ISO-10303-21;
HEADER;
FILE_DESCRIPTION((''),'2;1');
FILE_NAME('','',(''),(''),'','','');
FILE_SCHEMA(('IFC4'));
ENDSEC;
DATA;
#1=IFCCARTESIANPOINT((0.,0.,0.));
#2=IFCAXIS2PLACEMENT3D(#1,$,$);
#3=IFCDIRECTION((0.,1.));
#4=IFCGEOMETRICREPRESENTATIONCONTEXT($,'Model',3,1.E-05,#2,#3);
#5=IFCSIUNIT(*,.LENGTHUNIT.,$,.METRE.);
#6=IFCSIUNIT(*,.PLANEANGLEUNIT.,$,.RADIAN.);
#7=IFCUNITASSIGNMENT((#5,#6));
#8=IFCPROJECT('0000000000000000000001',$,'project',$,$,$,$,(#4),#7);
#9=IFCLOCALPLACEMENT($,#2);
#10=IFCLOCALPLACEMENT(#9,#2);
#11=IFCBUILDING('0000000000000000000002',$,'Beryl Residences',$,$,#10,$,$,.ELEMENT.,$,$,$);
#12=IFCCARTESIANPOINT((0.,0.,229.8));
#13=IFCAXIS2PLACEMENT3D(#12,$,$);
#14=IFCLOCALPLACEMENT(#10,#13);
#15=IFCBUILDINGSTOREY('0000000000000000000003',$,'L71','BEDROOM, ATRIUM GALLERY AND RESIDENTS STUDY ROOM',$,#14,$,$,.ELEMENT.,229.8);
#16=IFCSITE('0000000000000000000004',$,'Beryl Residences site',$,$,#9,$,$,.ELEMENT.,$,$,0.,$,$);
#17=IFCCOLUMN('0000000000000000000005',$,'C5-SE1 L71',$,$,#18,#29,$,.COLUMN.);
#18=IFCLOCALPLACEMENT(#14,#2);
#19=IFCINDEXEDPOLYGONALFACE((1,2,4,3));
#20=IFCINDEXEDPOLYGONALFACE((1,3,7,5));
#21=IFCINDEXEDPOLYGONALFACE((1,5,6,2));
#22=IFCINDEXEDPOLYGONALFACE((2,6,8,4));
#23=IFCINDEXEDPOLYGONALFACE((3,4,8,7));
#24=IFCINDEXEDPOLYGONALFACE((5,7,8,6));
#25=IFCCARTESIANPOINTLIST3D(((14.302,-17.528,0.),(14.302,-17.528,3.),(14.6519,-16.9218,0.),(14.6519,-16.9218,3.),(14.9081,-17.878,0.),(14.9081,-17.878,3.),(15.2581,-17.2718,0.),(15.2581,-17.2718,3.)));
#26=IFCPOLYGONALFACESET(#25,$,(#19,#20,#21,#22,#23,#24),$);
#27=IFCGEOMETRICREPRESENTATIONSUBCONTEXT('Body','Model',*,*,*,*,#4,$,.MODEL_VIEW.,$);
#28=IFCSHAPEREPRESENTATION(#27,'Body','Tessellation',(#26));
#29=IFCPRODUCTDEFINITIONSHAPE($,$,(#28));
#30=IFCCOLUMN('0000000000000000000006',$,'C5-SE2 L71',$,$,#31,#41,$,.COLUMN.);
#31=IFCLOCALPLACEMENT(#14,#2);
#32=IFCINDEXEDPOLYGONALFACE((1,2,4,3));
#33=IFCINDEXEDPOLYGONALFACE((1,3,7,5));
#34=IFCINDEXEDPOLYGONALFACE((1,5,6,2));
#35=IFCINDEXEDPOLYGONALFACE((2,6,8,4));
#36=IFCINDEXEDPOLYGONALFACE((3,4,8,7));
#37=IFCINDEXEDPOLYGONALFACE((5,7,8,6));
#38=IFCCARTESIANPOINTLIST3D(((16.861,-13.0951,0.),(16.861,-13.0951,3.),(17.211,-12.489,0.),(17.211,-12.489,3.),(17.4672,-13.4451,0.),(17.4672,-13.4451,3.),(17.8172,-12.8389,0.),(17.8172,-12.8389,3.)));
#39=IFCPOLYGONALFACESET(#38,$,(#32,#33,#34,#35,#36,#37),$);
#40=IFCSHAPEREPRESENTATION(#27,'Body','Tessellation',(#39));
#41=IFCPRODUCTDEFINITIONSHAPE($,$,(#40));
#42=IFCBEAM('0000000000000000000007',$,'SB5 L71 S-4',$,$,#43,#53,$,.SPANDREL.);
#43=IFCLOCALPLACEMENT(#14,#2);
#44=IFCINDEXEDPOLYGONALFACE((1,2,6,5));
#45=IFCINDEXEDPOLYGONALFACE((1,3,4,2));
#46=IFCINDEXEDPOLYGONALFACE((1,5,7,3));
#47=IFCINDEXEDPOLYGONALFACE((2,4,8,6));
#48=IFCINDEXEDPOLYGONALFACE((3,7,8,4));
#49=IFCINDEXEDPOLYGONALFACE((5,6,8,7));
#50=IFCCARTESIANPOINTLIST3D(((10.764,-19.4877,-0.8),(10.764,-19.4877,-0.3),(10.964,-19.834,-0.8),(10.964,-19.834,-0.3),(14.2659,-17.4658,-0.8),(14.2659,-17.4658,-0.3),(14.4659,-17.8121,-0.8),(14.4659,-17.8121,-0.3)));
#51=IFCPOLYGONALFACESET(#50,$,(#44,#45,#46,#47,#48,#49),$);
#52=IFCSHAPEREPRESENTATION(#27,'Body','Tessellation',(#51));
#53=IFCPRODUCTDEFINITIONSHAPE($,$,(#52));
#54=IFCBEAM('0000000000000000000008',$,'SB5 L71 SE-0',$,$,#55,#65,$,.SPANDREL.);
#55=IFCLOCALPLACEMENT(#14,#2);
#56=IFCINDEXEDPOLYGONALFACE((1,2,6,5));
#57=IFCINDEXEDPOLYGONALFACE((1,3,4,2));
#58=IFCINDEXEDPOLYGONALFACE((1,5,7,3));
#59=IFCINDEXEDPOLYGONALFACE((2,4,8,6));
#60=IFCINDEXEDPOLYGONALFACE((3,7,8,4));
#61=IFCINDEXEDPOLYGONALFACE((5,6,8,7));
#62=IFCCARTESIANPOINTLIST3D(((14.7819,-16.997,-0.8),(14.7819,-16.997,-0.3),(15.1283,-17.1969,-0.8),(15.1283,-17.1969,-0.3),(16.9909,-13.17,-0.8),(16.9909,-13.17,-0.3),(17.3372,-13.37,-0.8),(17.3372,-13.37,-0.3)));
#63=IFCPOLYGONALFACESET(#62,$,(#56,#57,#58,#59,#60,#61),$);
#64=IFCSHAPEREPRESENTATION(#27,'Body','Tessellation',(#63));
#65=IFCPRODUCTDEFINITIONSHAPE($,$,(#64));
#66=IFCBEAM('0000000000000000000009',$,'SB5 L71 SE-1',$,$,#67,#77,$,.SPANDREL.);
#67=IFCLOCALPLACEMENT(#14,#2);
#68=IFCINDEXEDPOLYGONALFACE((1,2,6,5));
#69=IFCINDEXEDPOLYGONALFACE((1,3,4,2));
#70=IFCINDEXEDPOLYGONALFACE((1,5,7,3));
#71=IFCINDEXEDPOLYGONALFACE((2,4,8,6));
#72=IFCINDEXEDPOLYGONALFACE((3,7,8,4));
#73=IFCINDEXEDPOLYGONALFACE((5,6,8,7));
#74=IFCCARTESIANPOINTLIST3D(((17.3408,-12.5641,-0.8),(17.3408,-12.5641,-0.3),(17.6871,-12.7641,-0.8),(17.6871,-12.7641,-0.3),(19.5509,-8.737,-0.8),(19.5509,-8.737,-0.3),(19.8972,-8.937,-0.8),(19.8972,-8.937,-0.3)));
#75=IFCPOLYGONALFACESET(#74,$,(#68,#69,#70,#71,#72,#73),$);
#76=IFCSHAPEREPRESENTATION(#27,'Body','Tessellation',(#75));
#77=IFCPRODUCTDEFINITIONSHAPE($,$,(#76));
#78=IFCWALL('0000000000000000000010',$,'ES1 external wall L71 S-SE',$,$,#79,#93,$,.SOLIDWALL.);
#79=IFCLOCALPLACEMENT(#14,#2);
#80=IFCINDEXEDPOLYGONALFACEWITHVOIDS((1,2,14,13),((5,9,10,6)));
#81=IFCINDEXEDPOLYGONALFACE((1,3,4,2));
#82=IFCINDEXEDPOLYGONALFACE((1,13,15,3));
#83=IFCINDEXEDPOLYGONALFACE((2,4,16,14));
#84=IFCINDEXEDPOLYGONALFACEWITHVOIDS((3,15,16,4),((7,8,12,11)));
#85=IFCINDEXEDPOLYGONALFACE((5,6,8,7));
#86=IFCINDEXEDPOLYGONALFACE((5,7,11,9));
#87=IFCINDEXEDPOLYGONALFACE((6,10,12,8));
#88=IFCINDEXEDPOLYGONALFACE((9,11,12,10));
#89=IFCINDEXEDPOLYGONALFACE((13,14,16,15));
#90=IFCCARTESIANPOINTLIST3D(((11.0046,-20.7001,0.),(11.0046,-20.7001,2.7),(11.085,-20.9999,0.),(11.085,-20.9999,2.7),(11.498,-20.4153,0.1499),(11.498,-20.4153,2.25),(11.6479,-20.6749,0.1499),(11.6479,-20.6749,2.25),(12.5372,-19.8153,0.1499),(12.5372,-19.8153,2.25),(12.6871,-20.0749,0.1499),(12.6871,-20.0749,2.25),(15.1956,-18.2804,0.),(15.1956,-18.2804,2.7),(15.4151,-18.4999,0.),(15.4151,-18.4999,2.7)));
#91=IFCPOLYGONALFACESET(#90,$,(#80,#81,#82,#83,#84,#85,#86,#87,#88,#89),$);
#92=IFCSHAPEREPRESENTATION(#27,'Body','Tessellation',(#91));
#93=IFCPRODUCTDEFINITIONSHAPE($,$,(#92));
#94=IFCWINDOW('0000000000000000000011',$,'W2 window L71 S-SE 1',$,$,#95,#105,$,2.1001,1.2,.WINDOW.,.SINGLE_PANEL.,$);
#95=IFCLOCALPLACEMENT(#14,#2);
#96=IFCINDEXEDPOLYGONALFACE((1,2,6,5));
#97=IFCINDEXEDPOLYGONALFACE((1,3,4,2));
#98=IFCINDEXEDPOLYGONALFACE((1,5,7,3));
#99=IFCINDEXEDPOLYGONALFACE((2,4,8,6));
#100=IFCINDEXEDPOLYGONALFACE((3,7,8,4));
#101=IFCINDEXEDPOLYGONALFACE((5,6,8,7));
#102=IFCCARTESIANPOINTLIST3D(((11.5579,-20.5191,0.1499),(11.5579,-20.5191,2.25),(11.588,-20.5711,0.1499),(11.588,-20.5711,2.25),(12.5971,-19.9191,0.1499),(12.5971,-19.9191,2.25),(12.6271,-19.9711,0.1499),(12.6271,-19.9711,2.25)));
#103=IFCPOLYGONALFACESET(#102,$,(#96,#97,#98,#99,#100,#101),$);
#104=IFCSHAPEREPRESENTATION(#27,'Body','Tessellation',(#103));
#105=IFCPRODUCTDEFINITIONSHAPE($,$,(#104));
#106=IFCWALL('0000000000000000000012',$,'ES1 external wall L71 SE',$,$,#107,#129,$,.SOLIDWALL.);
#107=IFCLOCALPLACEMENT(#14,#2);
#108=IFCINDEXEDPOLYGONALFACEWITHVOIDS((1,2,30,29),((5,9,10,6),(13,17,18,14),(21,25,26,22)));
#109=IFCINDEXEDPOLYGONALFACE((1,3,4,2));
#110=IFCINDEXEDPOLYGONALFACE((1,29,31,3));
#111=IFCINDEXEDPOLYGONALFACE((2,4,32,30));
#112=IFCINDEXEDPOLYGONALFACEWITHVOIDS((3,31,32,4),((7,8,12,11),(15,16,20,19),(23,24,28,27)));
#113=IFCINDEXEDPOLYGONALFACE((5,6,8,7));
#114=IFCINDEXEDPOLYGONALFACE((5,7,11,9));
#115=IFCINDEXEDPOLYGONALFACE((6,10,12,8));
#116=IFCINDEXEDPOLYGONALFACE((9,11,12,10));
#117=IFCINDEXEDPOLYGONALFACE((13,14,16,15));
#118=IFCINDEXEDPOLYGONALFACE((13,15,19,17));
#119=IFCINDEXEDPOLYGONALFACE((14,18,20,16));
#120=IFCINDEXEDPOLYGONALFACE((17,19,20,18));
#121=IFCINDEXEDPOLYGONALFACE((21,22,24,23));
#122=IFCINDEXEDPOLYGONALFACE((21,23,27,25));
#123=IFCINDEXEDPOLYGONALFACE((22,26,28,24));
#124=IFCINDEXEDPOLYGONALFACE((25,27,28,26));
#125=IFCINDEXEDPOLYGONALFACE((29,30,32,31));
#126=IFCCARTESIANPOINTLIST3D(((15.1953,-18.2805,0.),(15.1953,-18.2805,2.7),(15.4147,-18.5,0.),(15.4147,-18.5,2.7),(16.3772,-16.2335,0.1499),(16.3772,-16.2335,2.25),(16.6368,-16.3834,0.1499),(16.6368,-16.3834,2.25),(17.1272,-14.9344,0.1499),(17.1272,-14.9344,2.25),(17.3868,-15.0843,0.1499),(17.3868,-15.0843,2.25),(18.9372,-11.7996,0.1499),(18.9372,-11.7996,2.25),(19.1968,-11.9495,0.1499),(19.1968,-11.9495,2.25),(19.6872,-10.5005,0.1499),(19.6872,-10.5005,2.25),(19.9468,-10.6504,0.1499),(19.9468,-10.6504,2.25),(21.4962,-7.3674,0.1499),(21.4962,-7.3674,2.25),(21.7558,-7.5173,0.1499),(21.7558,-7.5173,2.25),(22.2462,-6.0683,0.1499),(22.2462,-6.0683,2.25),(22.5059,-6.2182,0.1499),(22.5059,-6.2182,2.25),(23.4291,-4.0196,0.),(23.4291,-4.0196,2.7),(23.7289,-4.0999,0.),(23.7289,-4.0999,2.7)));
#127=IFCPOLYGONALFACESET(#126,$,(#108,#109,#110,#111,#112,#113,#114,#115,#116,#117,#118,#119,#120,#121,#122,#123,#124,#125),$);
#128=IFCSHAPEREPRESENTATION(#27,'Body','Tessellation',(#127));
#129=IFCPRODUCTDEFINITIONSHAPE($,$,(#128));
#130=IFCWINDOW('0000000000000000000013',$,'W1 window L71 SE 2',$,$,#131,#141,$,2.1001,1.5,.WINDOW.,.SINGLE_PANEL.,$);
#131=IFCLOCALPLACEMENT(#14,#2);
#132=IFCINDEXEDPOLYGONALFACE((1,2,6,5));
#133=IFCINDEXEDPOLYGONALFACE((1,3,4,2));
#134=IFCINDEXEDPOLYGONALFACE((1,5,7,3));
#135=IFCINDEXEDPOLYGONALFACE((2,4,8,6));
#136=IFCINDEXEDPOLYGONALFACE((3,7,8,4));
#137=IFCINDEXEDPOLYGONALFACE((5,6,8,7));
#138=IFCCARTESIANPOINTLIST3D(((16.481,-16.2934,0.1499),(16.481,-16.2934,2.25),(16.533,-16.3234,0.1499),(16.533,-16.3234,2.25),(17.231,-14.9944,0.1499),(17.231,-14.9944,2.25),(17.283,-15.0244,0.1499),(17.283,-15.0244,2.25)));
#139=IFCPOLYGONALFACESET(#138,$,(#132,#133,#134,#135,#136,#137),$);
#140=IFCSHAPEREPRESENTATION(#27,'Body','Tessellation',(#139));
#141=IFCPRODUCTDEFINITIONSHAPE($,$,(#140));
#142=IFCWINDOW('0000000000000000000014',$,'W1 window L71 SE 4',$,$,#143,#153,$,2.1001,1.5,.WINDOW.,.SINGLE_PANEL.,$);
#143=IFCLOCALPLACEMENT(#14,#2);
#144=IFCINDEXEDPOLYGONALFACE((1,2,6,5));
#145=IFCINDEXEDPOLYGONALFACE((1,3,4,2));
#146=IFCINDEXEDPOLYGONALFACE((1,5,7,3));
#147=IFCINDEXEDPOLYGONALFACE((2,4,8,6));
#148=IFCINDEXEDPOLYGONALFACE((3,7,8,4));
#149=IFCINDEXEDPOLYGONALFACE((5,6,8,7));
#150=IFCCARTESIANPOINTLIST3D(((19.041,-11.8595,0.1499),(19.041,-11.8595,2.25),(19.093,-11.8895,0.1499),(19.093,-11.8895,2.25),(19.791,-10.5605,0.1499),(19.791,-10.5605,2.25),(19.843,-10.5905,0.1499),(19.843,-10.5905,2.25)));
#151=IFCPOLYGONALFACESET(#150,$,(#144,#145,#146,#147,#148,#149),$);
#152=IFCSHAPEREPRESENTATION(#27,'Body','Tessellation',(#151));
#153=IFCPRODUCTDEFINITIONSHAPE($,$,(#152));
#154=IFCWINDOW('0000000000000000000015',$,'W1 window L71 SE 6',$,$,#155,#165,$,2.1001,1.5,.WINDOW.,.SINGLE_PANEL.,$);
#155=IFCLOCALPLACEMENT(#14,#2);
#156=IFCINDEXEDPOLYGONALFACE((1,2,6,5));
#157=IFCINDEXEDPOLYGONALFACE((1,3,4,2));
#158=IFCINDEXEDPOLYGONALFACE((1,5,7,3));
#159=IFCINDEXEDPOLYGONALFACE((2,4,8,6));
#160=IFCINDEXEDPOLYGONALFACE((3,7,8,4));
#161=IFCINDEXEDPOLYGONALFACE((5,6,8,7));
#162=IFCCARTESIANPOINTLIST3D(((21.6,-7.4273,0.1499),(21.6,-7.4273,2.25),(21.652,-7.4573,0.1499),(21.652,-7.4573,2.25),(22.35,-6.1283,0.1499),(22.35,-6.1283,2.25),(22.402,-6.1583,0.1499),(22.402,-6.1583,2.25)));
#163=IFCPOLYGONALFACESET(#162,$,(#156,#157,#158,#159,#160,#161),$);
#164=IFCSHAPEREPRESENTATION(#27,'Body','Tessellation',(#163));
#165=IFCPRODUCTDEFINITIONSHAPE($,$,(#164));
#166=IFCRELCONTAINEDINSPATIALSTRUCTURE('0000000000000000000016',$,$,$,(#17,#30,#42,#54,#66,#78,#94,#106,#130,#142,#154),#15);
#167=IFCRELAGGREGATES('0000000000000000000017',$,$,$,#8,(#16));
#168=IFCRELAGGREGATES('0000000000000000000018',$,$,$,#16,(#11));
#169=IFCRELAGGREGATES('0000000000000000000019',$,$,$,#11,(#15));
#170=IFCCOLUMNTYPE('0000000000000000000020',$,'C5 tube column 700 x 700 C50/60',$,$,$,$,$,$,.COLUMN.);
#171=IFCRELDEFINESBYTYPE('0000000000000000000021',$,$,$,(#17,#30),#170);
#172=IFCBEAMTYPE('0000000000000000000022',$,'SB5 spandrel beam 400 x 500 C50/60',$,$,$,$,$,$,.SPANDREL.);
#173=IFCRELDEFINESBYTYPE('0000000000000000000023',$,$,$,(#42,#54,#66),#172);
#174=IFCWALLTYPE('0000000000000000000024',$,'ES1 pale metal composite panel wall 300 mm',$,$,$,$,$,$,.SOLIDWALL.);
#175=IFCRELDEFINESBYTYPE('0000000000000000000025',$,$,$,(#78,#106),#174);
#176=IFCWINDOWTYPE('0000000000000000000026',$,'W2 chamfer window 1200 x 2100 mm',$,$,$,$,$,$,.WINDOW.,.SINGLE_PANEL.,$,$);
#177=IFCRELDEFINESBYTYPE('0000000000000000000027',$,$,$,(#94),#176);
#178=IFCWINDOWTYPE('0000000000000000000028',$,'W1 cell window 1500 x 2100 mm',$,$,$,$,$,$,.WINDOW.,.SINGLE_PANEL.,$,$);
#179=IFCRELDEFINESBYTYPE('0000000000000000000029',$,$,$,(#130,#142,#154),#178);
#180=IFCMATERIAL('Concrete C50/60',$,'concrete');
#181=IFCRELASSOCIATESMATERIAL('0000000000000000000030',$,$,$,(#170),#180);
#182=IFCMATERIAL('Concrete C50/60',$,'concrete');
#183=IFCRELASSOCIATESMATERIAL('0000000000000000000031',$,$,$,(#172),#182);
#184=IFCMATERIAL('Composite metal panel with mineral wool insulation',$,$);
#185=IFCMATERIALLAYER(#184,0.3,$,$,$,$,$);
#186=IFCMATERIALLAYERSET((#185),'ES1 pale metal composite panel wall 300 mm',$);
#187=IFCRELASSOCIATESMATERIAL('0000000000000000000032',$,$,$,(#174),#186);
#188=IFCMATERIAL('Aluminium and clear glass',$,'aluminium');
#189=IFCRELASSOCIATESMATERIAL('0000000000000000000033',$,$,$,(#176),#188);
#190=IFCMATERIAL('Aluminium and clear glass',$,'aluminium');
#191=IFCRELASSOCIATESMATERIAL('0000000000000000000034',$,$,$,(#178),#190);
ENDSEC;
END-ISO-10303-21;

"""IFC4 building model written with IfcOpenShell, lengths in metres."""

from ifc_helpers import new_model, si_unit, direction, frame, frame_2d, origin, origin_2d, place, context, subcontext, project, spatial, polyline, rectangle, outline, extrude, material, layer, layer_set, material_profile, profile_set, type_object, element, fill, save


model = new_model("IFC4")

# Units and contexts
model_context = context("Model", 3, precision=1e-05, world=origin(), true_north=direction((0.0, 1.0)))
body_context = subcontext(model_context, "Body", "Model", "MODEL_VIEW")
ifc_project = project(units=[si_unit("LENGTHUNIT", "METRE"), si_unit("PLANEANGLEUNIT", "RADIAN")], contexts=[model_context])

# Site, building, storey
site_placement = place(None, origin())
site = spatial("IfcSite", under=ifc_project, at=site_placement, Name="Beryl Residences site", CompositionType="ELEMENT", RefElevation=0.0)
building_placement = place(site_placement, origin())
building = spatial("IfcBuilding", under=site, at=building_placement, Name="Beryl Residences", CompositionType="ELEMENT")
storey_placement = place(building_placement, frame((0.0, 0.0, 229.8)))
storey = spatial("IfcBuildingStorey", under=building, at=storey_placement, Name="L71", Description="BEDROOM, ATRIUM GALLERY AND RESIDENTS STUDY ROOM", CompositionType="ELEMENT", Elevation=229.8)

# Columns
ifc_material_1 = material(Name="Concrete C50/60", Category="concrete")
ifc_material_profile_1 = material_profile(ifc_material_1, rectangle(XDim=0.7, YDim=0.7, at=origin_2d()))
ifc_profile_set_1 = profile_set([ifc_material_profile_1], Name="Concrete C50/60")
column_type = type_object("IfcColumnType", Name="C5 tube column 700 x 700 C50/60", PredefinedType="COLUMN", material=ifc_profile_set_1)
for number, where, z_axis, x_axis, name in (
    (1, (14.78, -17.3999, 0.0), (0.0, 0.0, 1.0), (0.499985, 0.866034, 0.0), "C5-SE1 L71"),
    (2, (17.3391, -12.967, 0.0), (0.0, 0.0, 1.0), (0.499985, 0.866034, 0.0), "C5-SE2 L71"),
):
    element("IfcColumn", number, at=place(storey_placement, frame(where, z_axis=z_axis, x_axis=x_axis)), inside=storey, type_object=column_type, Name=name, PredefinedType="COLUMN", context=body_context, shape_type="SweptSolid", body=[
        extrude(rectangle(XDim=0.7, YDim=0.7, at=origin_2d()), origin(), (0.0, 0.0, 1.0), 3.0),
    ])

# Beams
ifc_material_2 = material(Name="Concrete C50/60", Category="concrete")
ifc_material_profile_2 = material_profile(ifc_material_2, rectangle(XDim=0.3999, YDim=0.5, at=origin_2d()))
ifc_profile_set_2 = profile_set([ifc_material_profile_2], Name="Concrete C50/60")
beam_type = type_object("IfcBeamType", Name="SB5 spandrel beam 400 x 500 C50/60", PredefinedType="SPANDREL", material=ifc_profile_set_2)
beam_1_placement = place(storey_placement, frame((10.864, -19.6609, -0.55), z_axis=(0.866013, 0.500022, 0.0), x_axis=(-0.500022, 0.866013, 0.0)))
element("IfcBeam", 3, at=beam_1_placement, inside=storey, type_object=beam_type, Name="SB5 L71 S-4", PredefinedType="SPANDREL", context=body_context, shape_type="SweptSolid", body=[
    extrude(rectangle(XDim=0.3999, YDim=0.5, at=origin_2d()), origin(), (0.0, 0.0, 1.0), 4.0437),
])
beam_2_placement = place(storey_placement, frame((14.9551, -17.0969, -0.55), z_axis=(0.499919, 0.866072, 0.0), x_axis=(-0.866072, 0.499919, 0.0)))
element("IfcBeam", 4, at=beam_2_placement, inside=storey, type_object=beam_type, Name="SB5 L71 SE-0", PredefinedType="SPANDREL", context=body_context, shape_type="SweptSolid", body=[
    extrude(rectangle(XDim=0.3999, YDim=0.5, at=origin_2d()), origin(), (0.0, 0.0, 1.0), 4.4187),
])
beam_3_placement = place(storey_placement, frame((17.5139, -12.6641, -0.55), z_axis=(0.500102, 0.865967, 0.0), x_axis=(-0.865967, 0.500102, 0.0)))
element("IfcBeam", 5, at=beam_3_placement, inside=storey, type_object=beam_type, Name="SB5 L71 SE-1", PredefinedType="SPANDREL", context=body_context, shape_type="SweptSolid", body=[
    extrude(rectangle(XDim=0.3999, YDim=0.5, at=origin_2d()), origin(), (0.0, 0.0, 1.0), 4.4194),
])

# Wall, opening, window
ifc_material_3 = material(Name="Composite metal panel with mineral wool insulation")
ifc_layer_1 = layer(ifc_material_3, 0.3)
ifc_layer_set_1 = layer_set([ifc_layer_1], Name="ES1 pale metal composite panel wall 300 mm")
wall_type_1 = type_object("IfcWallType", Name="ES1 pale metal composite panel wall 300 mm", PredefinedType="SOLIDWALL", material=ifc_layer_set_1)
wall_1_placement = place(storey_placement, frame((11.01, -20.8701, 0.0), z_axis=(0.0, 0.0, 1.0), x_axis=(0.866023, 0.500004, 0.0)))
wall_1 = element("IfcWall", 6, at=wall_1_placement, inside=storey, type_object=wall_type_1, Name="ES1 external wall L71 S-SE", PredefinedType="SOLIDWALL", context=body_context, shape_type="SweptSolid", body=[
    extrude(outline(polyline([(0.0, -0.1499), (5.0, -0.1499), (4.9197, 0.1499), (0.0803, 0.1499), (0.0, -0.1499)])), origin(), (0.0, 0.0, 1.0), 2.7),
])
opening_1_placement = place(wall_1_placement, frame((0.6499, 0.0, 0.1499)))
opening_1 = element("IfcOpeningElement", 7, at=opening_1_placement, cuts=wall_1, PredefinedType="OPENING", context=body_context, shape_type="SweptSolid", body=[
    extrude(rectangle(XDim=1.2, YDim=2.1001, at=frame_2d((0.6001, 1.05))), frame((0.0, 0.1599, 0.0), z_axis=(0.0, -1.0, 0.0), x_axis=(1.0, 0.0, 0.0)), (0.0, 0.0, 1.0), 0.3201),
])
ifc_material_4 = material(Name="Aluminium and clear glass", Category="aluminium")
window_type_1 = type_object("IfcWindowType", Name="W2 chamfer window 1200 x 2100 mm", PartitioningType="SINGLE_PANEL", PredefinedType="WINDOW", material=ifc_material_4)
window_1_placement = place(opening_1_placement, origin())
window_1 = element("IfcWindow", 8, at=window_1_placement, inside=storey, type_object=window_type_1, Name="W2 window L71 S-SE 1", OverallHeight=2.1001, OverallWidth=1.2, PartitioningType="SINGLE_PANEL", PredefinedType="WINDOW", context=body_context, shape_type="SweptSolid", body=[
    extrude(rectangle(XDim=1.2, YDim=2.1001, at=frame_2d((0.6001, 1.05))), frame((0.0, 0.03, 0.0), z_axis=(0.0, -1.0, 0.0), x_axis=(1.0, 0.0, 0.0)), (0.0, 0.0, 1.0), 0.0601),
])
fill(opening_1, window_1)

# Wall, openings, windows
wall_2_placement = place(storey_placement, frame((15.2849, -18.425, 0.0), z_axis=(0.0, 0.0, 1.0), x_axis=(0.500013, 0.866018, 0.0)))
wall_2 = element("IfcWall", 9, at=wall_2_placement, inside=storey, type_object=wall_type_1, Name="ES1 external wall L71 SE", PredefinedType="SOLIDWALL", context=body_context, shape_type="SweptSolid", body=[
    extrude(outline(polyline([(0.0, -0.1499), (16.6279, -0.1499), (16.5476, 0.1499), (0.0803, 0.1499), (0.0, -0.1499)])), origin(), (0.0, 0.0, 1.0), 2.7),
])
opening_2_placement = place(wall_2_placement, frame((2.4441, 0.0, 0.1499)))
opening_2 = element("IfcOpeningElement", 10, at=opening_2_placement, cuts=wall_2, PredefinedType="OPENING", context=body_context, shape_type="SweptSolid", body=[
    extrude(rectangle(XDim=1.5, YDim=2.1001, at=frame_2d((0.75, 1.05))), frame((0.0, 0.1599, 0.0), z_axis=(0.0, -1.0, 0.0), x_axis=(1.0, 0.0, 0.0)), (0.0, 0.0, 1.0), 0.3201),
])
opening_3_placement = place(wall_2_placement, frame((7.564, 0.0, 0.1499)))
opening_3 = element("IfcOpeningElement", 11, at=opening_3_placement, cuts=wall_2, PredefinedType="OPENING", context=body_context, shape_type="SweptSolid", body=[
    extrude(rectangle(XDim=1.5, YDim=2.1001, at=frame_2d((0.75, 1.05))), frame((0.0, 0.1599, 0.0), z_axis=(0.0, -1.0, 0.0), x_axis=(1.0, 0.0, 0.0)), (0.0, 0.0, 1.0), 0.3201),
])
opening_4_placement = place(wall_2_placement, frame((12.6819, 0.0, 0.1499)))
opening_4 = element("IfcOpeningElement", 12, at=opening_4_placement, cuts=wall_2, PredefinedType="OPENING", context=body_context, shape_type="SweptSolid", body=[
    extrude(rectangle(XDim=1.5, YDim=2.1001, at=frame_2d((0.75, 1.05))), frame((0.0, 0.1599, 0.0), z_axis=(0.0, -1.0, 0.0), x_axis=(1.0, 0.0, 0.0)), (0.0, 0.0, 1.0), 0.3201),
])
ifc_material_5 = material(Name="Aluminium and clear glass", Category="aluminium")
window_type_2 = type_object("IfcWindowType", Name="W1 cell window 1500 x 2100 mm", PartitioningType="SINGLE_PANEL", PredefinedType="WINDOW", material=ifc_material_5)
window_2_placement = place(opening_2_placement, origin())
window_2 = element("IfcWindow", 13, at=window_2_placement, inside=storey, type_object=window_type_2, Name="W1 window L71 SE 2", OverallHeight=2.1001, OverallWidth=1.5, PartitioningType="SINGLE_PANEL", PredefinedType="WINDOW", context=body_context, shape_type="SweptSolid", body=[
    extrude(rectangle(XDim=1.5, YDim=2.1001, at=frame_2d((0.75, 1.05))), frame((0.0, 0.03, 0.0), z_axis=(0.0, -1.0, 0.0), x_axis=(1.0, 0.0, 0.0)), (0.0, 0.0, 1.0), 0.0601),
])
fill(opening_2, window_2)
window_3_placement = place(opening_3_placement, origin())
window_3 = element("IfcWindow", 14, at=window_3_placement, inside=storey, type_object=window_type_2, Name="W1 window L71 SE 4", OverallHeight=2.1001, OverallWidth=1.5, PartitioningType="SINGLE_PANEL", PredefinedType="WINDOW", context=body_context, shape_type="SweptSolid", body=[
    extrude(rectangle(XDim=1.5, YDim=2.1001, at=frame_2d((0.75, 1.05))), frame((0.0, 0.03, 0.0), z_axis=(0.0, -1.0, 0.0), x_axis=(1.0, 0.0, 0.0)), (0.0, 0.0, 1.0), 0.0601),
])
fill(opening_3, window_3)
window_4_placement = place(opening_4_placement, origin())
window_4 = element("IfcWindow", 15, at=window_4_placement, inside=storey, type_object=window_type_2, Name="W1 window L71 SE 6", OverallHeight=2.1001, OverallWidth=1.5, PartitioningType="SINGLE_PANEL", PredefinedType="WINDOW", context=body_context, shape_type="SweptSolid", body=[
    extrude(rectangle(XDim=1.5, YDim=2.1001, at=frame_2d((0.75, 1.05))), frame((0.0, 0.03, 0.0), z_axis=(0.0, -1.0, 0.0), x_axis=(1.0, 0.0, 0.0)), (0.0, 0.0, 1.0), 0.0601),
])
fill(opening_4, window_4)

save(model, "model.ifc")
